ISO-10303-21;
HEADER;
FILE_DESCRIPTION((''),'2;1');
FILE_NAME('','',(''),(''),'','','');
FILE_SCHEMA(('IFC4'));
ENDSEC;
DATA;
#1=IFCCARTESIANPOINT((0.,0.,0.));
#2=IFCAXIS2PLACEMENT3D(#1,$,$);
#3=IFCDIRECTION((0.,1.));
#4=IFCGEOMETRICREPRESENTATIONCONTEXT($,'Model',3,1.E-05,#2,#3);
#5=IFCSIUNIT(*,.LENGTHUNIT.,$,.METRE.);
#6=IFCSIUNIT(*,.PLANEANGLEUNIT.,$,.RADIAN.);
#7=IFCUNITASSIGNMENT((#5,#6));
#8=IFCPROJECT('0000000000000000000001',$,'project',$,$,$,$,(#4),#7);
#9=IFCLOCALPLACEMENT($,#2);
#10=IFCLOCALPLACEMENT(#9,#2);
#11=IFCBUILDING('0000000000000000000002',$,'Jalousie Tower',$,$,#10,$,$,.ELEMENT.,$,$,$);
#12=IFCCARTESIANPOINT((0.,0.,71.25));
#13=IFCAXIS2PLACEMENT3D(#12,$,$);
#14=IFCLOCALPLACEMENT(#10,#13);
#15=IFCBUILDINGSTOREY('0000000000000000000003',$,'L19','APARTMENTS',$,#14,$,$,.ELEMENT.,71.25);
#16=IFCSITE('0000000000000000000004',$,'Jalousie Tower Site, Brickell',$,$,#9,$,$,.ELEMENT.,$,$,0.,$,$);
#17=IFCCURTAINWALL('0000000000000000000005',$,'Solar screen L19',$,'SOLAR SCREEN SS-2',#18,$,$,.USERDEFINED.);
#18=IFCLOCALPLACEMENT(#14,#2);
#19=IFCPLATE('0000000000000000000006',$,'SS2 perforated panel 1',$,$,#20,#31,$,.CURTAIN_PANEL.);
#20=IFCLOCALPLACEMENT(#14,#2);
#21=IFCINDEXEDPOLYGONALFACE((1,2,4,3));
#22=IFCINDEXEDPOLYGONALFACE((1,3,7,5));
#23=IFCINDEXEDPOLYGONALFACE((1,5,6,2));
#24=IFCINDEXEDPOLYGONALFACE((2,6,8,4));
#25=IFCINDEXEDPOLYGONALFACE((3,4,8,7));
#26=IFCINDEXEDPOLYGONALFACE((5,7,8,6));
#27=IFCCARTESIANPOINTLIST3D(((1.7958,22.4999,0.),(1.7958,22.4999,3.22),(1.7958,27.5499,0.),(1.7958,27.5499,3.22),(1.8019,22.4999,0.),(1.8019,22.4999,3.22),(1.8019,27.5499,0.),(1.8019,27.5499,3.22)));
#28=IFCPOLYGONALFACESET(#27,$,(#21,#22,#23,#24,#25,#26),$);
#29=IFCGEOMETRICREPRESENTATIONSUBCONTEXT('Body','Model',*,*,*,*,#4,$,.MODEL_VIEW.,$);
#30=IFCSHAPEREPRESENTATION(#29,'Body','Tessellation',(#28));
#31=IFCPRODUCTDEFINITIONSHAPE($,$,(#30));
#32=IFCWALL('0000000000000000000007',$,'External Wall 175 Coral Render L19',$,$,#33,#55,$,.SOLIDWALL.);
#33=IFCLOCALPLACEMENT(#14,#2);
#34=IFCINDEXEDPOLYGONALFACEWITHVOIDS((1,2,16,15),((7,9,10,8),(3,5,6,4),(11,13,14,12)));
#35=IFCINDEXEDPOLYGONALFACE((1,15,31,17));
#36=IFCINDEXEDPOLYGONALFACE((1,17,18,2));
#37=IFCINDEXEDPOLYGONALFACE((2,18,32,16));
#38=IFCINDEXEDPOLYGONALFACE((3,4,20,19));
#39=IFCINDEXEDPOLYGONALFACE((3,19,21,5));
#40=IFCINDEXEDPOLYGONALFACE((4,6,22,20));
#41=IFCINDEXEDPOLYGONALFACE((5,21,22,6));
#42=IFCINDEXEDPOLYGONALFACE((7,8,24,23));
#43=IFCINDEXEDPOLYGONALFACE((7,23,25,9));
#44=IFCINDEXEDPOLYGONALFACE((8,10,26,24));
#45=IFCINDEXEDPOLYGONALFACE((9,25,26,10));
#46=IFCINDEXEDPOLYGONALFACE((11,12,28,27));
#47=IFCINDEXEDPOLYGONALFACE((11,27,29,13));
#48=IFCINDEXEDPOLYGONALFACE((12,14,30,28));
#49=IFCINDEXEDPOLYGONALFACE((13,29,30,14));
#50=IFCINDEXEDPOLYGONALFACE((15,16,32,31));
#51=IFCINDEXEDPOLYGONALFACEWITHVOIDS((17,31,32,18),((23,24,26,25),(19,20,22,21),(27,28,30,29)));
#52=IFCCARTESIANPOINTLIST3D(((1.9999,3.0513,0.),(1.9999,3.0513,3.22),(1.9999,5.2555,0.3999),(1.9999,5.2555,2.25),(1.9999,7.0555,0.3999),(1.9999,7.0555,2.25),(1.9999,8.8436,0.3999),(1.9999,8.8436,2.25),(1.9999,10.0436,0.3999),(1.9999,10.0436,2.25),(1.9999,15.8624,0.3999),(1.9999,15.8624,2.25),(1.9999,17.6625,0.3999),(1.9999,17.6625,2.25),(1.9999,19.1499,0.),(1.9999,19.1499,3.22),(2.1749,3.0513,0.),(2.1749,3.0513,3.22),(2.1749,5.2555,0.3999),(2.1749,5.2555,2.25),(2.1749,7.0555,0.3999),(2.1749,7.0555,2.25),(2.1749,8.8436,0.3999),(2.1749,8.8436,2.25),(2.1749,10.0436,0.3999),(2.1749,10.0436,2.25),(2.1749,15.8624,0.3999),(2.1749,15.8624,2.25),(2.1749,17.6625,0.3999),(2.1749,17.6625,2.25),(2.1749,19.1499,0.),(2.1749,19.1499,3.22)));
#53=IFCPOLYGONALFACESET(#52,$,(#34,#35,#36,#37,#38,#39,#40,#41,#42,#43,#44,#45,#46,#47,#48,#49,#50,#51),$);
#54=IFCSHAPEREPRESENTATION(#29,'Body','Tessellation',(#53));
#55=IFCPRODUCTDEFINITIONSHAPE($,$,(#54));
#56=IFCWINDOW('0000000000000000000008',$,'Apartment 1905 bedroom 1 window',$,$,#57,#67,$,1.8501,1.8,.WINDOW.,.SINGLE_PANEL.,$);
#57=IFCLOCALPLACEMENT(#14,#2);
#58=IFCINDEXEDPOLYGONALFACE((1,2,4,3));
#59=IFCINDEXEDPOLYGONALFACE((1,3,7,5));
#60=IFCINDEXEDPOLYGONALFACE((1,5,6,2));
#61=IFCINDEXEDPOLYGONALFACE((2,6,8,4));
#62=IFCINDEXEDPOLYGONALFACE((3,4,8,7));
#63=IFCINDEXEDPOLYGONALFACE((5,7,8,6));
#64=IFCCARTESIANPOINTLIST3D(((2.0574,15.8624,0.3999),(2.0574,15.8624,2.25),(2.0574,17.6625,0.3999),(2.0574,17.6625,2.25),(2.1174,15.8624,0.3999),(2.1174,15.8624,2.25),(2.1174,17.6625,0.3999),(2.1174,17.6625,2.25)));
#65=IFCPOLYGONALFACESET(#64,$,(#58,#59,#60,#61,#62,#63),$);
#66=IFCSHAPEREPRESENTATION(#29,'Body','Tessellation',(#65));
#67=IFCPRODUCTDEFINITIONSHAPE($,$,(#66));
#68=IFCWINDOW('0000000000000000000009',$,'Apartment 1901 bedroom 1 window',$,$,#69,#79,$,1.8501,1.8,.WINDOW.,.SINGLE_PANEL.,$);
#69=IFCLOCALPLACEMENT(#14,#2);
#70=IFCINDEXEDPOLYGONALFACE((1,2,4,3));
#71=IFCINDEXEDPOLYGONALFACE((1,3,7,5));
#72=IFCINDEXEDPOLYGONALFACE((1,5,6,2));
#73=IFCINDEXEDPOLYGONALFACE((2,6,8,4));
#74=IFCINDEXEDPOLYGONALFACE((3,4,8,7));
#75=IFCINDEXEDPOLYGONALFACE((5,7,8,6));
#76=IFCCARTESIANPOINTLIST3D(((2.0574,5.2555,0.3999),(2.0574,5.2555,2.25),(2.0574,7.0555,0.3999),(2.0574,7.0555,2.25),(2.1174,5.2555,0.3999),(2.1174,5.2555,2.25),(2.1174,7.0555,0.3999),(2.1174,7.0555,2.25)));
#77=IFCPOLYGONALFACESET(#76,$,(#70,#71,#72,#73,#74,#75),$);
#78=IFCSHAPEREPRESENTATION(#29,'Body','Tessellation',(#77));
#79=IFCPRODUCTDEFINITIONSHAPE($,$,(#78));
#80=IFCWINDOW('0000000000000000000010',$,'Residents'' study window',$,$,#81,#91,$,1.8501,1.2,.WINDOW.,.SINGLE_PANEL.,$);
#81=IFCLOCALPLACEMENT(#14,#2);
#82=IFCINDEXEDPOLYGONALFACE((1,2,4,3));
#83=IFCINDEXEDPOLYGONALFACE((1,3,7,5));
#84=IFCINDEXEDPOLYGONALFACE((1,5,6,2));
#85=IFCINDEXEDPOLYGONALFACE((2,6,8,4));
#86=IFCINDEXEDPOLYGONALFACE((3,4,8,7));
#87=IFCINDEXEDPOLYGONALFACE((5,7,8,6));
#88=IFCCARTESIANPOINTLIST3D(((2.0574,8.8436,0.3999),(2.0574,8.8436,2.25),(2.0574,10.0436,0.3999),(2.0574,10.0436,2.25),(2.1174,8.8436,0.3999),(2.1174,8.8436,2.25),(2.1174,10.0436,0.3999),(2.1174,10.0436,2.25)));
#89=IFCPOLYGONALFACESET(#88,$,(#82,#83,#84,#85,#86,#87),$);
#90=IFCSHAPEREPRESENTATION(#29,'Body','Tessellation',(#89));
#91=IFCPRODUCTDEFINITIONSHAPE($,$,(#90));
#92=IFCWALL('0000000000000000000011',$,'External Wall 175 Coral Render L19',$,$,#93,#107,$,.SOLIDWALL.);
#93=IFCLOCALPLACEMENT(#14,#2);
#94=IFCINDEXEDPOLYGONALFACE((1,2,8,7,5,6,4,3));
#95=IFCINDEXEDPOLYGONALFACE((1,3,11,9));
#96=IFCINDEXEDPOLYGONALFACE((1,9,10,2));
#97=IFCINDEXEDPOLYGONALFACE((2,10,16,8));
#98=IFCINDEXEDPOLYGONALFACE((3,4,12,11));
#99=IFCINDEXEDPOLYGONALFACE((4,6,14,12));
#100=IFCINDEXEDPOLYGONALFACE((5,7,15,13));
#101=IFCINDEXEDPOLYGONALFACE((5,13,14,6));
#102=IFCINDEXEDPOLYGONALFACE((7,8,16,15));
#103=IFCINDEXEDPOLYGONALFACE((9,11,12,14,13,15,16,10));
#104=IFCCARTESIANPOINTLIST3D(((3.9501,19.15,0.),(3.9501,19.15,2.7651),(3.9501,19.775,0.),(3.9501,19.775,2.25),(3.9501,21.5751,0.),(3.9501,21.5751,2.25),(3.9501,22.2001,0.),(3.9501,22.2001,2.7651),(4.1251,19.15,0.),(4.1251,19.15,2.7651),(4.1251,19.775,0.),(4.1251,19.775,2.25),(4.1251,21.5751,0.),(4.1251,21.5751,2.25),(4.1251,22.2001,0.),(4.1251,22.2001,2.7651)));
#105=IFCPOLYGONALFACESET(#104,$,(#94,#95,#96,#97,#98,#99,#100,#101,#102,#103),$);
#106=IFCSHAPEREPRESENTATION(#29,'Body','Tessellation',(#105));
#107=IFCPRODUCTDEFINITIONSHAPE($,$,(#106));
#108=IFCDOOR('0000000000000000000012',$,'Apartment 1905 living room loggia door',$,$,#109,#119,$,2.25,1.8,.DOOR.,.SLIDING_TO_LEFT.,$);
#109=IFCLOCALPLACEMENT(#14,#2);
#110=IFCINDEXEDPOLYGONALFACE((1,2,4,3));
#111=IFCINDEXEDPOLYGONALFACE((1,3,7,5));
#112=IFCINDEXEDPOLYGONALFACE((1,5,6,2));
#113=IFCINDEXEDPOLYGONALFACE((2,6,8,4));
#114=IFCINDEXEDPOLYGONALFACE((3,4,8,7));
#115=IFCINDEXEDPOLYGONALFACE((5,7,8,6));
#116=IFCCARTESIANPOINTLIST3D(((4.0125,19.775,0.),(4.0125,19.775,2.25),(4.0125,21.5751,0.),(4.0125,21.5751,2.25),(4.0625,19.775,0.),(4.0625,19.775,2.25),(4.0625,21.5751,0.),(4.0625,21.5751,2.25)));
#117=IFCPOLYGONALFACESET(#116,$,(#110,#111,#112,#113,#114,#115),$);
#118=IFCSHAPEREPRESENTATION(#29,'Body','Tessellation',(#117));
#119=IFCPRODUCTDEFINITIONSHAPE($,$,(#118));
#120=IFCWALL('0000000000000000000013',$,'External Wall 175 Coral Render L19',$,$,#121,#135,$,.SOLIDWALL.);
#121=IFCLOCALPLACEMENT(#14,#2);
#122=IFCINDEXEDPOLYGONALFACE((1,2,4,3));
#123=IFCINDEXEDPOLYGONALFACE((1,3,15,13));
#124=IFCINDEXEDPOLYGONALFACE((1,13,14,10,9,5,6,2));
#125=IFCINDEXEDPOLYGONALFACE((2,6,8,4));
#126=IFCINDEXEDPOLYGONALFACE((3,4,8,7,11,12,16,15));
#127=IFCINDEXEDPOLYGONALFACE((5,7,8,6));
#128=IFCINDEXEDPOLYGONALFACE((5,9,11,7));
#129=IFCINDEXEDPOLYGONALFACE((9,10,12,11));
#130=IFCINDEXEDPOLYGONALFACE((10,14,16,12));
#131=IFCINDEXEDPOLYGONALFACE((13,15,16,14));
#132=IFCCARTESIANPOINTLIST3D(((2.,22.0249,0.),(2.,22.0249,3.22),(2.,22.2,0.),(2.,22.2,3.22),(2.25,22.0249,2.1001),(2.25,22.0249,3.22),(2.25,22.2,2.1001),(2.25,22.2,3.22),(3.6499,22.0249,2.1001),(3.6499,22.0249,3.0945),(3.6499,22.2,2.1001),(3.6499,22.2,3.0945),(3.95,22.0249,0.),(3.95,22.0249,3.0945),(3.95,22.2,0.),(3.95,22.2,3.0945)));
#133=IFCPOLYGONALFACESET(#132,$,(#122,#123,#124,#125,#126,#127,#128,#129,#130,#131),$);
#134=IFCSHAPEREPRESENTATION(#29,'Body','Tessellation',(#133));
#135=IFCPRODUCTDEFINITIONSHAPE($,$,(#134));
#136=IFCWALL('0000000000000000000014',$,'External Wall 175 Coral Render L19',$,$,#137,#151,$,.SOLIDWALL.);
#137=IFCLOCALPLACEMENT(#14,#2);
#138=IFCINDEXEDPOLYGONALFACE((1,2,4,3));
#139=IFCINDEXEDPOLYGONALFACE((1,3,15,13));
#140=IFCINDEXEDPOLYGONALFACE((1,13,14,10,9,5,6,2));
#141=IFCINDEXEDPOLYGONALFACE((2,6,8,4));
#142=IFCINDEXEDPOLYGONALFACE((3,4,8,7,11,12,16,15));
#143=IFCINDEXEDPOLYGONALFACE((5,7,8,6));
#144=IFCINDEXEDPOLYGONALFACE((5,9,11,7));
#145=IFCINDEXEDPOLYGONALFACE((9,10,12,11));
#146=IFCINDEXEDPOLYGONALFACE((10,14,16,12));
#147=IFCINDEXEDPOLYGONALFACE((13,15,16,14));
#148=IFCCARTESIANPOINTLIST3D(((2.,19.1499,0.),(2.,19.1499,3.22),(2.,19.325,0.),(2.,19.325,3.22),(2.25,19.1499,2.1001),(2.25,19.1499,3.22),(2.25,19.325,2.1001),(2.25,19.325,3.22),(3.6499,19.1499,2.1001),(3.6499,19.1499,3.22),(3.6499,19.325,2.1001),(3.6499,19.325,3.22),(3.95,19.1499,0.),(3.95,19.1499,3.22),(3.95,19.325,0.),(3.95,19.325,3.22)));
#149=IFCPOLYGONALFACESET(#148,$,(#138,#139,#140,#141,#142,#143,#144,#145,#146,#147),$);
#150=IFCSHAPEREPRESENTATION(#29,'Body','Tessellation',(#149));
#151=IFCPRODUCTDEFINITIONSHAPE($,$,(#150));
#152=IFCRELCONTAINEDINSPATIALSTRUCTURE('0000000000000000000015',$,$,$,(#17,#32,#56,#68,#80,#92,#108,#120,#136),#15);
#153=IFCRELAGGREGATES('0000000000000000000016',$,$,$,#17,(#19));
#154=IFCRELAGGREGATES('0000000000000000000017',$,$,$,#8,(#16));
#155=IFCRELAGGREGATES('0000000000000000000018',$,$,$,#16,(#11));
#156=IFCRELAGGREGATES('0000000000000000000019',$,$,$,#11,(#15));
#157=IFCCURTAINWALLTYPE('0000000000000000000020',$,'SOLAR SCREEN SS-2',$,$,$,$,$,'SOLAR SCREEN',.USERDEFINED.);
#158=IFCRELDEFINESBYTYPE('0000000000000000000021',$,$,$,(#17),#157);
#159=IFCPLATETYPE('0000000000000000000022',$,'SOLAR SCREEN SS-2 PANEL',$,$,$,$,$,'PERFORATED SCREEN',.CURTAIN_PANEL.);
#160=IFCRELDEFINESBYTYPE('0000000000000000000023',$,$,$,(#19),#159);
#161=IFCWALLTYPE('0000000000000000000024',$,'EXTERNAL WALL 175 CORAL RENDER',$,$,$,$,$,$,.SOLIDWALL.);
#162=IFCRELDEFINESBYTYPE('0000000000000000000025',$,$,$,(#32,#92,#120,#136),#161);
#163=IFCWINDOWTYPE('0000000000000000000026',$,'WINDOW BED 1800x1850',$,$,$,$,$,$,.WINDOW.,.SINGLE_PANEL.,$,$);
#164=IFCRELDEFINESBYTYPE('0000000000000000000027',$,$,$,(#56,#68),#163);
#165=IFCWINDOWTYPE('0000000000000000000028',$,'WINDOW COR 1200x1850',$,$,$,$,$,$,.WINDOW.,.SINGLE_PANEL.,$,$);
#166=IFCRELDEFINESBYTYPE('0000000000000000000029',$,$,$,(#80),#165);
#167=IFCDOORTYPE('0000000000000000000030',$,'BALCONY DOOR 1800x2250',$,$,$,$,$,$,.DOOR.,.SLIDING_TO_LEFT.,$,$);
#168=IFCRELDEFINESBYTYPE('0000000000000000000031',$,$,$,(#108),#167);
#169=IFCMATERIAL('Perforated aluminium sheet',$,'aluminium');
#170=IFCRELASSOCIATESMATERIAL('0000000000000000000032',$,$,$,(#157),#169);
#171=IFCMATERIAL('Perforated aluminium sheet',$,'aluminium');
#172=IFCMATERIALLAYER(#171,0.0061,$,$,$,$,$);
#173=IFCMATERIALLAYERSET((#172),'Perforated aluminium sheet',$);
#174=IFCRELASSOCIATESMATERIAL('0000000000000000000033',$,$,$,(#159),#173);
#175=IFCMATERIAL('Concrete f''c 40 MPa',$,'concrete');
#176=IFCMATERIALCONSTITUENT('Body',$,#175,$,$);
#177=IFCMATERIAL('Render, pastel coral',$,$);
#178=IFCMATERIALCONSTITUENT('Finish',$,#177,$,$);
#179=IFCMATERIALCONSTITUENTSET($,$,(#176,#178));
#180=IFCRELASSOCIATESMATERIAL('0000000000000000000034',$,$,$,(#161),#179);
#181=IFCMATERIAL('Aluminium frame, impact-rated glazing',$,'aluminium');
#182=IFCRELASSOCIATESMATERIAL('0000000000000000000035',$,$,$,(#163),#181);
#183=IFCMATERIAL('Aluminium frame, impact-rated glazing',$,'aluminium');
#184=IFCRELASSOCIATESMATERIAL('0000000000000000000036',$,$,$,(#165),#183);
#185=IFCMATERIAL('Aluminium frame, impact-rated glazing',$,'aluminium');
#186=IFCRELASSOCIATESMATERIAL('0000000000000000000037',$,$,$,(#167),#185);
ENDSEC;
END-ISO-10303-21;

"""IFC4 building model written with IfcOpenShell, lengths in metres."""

from ifc_helpers import new_model, si_unit, direction, frame, frame_2d, origin, origin_2d, place, context, subcontext, project, spatial, polyline, rectangle, outline, extrude, material, layer, layer_set, constituent, constituent_set, type_object, element, fill, aggregate, save


model = new_model("IFC4")

# Units and contexts
model_context = context("Model", 3, precision=1e-05, world=origin(), true_north=direction((0.0, 1.0)))
body_context = subcontext(model_context, "Body", "Model", "MODEL_VIEW")
ifc_project = project(units=[si_unit("LENGTHUNIT", "METRE"), si_unit("PLANEANGLEUNIT", "RADIAN")], contexts=[model_context])

# Site, building, storey
site_placement = place(None, origin())
site = spatial("IfcSite", under=ifc_project, at=site_placement, Name="Jalousie Tower Site, Brickell", CompositionType="ELEMENT", RefElevation=0.0)
building_placement = place(site_placement, origin())
building = spatial("IfcBuilding", under=site, at=building_placement, Name="Jalousie Tower", CompositionType="ELEMENT")
storey_placement = place(building_placement, frame((0.0, 0.0, 71.25)))
storey = spatial("IfcBuildingStorey", under=building, at=storey_placement, Name="L19", Description="APARTMENTS", CompositionType="ELEMENT", Elevation=71.25)

# Curtain wall
ifc_material_1 = material(Name="Perforated aluminium sheet", Category="aluminium")
curtain_wall_type = type_object("IfcCurtainWallType", Name="SOLAR SCREEN SS-2", ElementType="SOLAR SCREEN", PredefinedType="USERDEFINED", material=ifc_material_1)
curtain_wall_1_placement = place(storey_placement, origin())
curtain_wall_1 = element("IfcCurtainWall", 1, at=curtain_wall_1_placement, inside=storey, type_object=curtain_wall_type, Name="Solar screen L19", ObjectType="SOLAR SCREEN SS-2", PredefinedType="USERDEFINED")

# Plate
ifc_material_2 = material(Name="Perforated aluminium sheet", Category="aluminium")
ifc_layer_1 = layer(ifc_material_2, 0.0061)
ifc_layer_set_1 = layer_set([ifc_layer_1], Name="Perforated aluminium sheet")
plate_type = type_object("IfcPlateType", Name="SOLAR SCREEN SS-2 PANEL", ElementType="PERFORATED SCREEN", PredefinedType="CURTAIN_PANEL", material=ifc_layer_set_1)
plate_placement = place(storey_placement, frame((1.7988, 25.0249, 0.0), z_axis=(0.0, 0.0, 1.0), x_axis=(0.0, -1.0, 0.0)))
plate = element("IfcPlate", 2, at=plate_placement, type_object=plate_type, Name="SS2 perforated panel 1", PredefinedType="CURTAIN_PANEL", context=body_context, shape_type="SweptSolid", body=[
    extrude(rectangle(XDim=5.05, YDim=0.0061, at=origin_2d()), origin(), (0.0, 0.0, 1.0), 3.22),
])
aggregate(curtain_wall_1, [plate])

# Wall, openings, windows
ifc_material_3 = material(Name="Concrete f'c 40 MPa", Category="concrete")
ifc_constituent_1 = constituent(ifc_material_3, Name="Body")
ifc_material_4 = material(Name="Render, pastel coral")
ifc_constituent_2 = constituent(ifc_material_4, Name="Finish")
ifc_constituent_set_1 = constituent_set(constituents=[ifc_constituent_1, ifc_constituent_2])
wall_type_1 = type_object("IfcWallType", Name="EXTERNAL WALL 175 CORAL RENDER", PredefinedType="SOLIDWALL", material=ifc_constituent_set_1)
wall_1_placement = place(storey_placement, frame((2.0874, 19.1499, 0.0), z_axis=(0.0, 0.0, 1.0), x_axis=(0.0, -1.0, 0.0)))
wall_1 = element("IfcWall", 3, at=wall_1_placement, inside=storey, type_object=wall_type_1, Name="External Wall 175 Coral Render L19", PredefinedType="SOLIDWALL", context=body_context, shape_type="SweptSolid", body=[
    extrude(rectangle(XDim=16.0986, YDim=0.175, at=frame_2d((8.0493, 0.0))), origin(), (0.0, 0.0, 1.0), 3.22),
])
opening_1_placement = place(wall_1_placement, frame((1.4875, 0.0, 0.3999)))
opening_1 = element("IfcOpeningElement", 4, at=opening_1_placement, cuts=wall_1, PredefinedType="OPENING", context=body_context, shape_type="SweptSolid", body=[
    extrude(rectangle(XDim=1.8, YDim=1.8501, at=frame_2d((0.8999, 0.925))), frame((0.0, 0.0974, 0.0), z_axis=(0.0, -1.0, 0.0), x_axis=(1.0, 0.0, 0.0)), (0.0, 0.0, 1.0), 0.1951),
])
opening_2_placement = place(wall_1_placement, frame((9.1062, 0.0, 0.3999)))
opening_2 = element("IfcOpeningElement", 5, at=opening_2_placement, cuts=wall_1, PredefinedType="OPENING", context=body_context, shape_type="SweptSolid", body=[
    extrude(rectangle(XDim=1.2, YDim=1.8501, at=frame_2d((0.6001, 0.925))), frame((0.0, 0.0974, 0.0), z_axis=(0.0, -1.0, 0.0), x_axis=(1.0, 0.0, 0.0)), (0.0, 0.0, 1.0), 0.1951),
])
opening_3_placement = place(wall_1_placement, frame((12.0945, 0.0, 0.3999)))
opening_3 = element("IfcOpeningElement", 6, at=opening_3_placement, cuts=wall_1, PredefinedType="OPENING", context=body_context, shape_type="SweptSolid", body=[
    extrude(rectangle(XDim=1.8, YDim=1.8501, at=frame_2d((0.8999, 0.925))), frame((0.0, 0.0974, 0.0), z_axis=(0.0, -1.0, 0.0), x_axis=(1.0, 0.0, 0.0)), (0.0, 0.0, 1.0), 0.1951),
])
ifc_material_5 = material(Name="Aluminium frame, impact-rated glazing", Category="aluminium")
window_type_1 = type_object("IfcWindowType", Name="WINDOW BED 1800x1850", PartitioningType="SINGLE_PANEL", PredefinedType="WINDOW", material=ifc_material_5)
window_1_placement = place(opening_1_placement, origin())
window_1 = element("IfcWindow", 7, at=window_1_placement, inside=storey, type_object=window_type_1, Name="Apartment 1905 bedroom 1 window", OverallHeight=1.8501, OverallWidth=1.8, PartitioningType="SINGLE_PANEL", PredefinedType="WINDOW", context=body_context, shape_type="SweptSolid", body=[
    extrude(rectangle(XDim=1.8, YDim=1.8501, at=frame_2d((0.8999, 0.925))), frame((0.0, 0.03, 0.0), z_axis=(0.0, -1.0, 0.0), x_axis=(1.0, 0.0, 0.0)), (0.0, 0.0, 1.0), 0.0601),
])
fill(opening_1, window_1)
window_2_placement = place(opening_3_placement, origin())
window_2 = element("IfcWindow", 8, at=window_2_placement, inside=storey, type_object=window_type_1, Name="Apartment 1901 bedroom 1 window", OverallHeight=1.8501, OverallWidth=1.8, PartitioningType="SINGLE_PANEL", PredefinedType="WINDOW", context=body_context, shape_type="SweptSolid", body=[
    extrude(rectangle(XDim=1.8, YDim=1.8501, at=frame_2d((0.8999, 0.925))), frame((0.0, 0.03, 0.0), z_axis=(0.0, -1.0, 0.0), x_axis=(1.0, 0.0, 0.0)), (0.0, 0.0, 1.0), 0.0601),
])
fill(opening_3, window_2)
ifc_material_6 = material(Name="Aluminium frame, impact-rated glazing", Category="aluminium")
window_type_2 = type_object("IfcWindowType", Name="WINDOW COR 1200x1850", PartitioningType="SINGLE_PANEL", PredefinedType="WINDOW", material=ifc_material_6)
window_3_placement = place(opening_2_placement, origin())
window_3 = element("IfcWindow", 9, at=window_3_placement, inside=storey, type_object=window_type_2, Name="Residents' study window", OverallHeight=1.8501, OverallWidth=1.2, PartitioningType="SINGLE_PANEL", PredefinedType="WINDOW", context=body_context, shape_type="SweptSolid", body=[
    extrude(rectangle(XDim=1.2, YDim=1.8501, at=frame_2d((0.6001, 0.925))), frame((0.0, 0.03, 0.0), z_axis=(0.0, -1.0, 0.0), x_axis=(1.0, 0.0, 0.0)), (0.0, 0.0, 1.0), 0.0601),
])
fill(opening_2, window_3)

# Wall, opening, door
wall_2_placement = place(storey_placement, frame((4.0376, 22.2, 0.0), z_axis=(0.0, 0.0, 1.0), x_axis=(0.0, -1.0, 0.0)))
wall_2 = element("IfcWall", 10, at=wall_2_placement, inside=storey, type_object=wall_type_1, Name="External Wall 175 Coral Render L19", PredefinedType="SOLIDWALL", context=body_context, shape_type="SweptSolid", body=[
    extrude(rectangle(XDim=3.05, YDim=0.175, at=frame_2d((1.5249, 0.0))), origin(), (0.0, 0.0, 1.0), 2.7651),
])
opening_4_placement = place(wall_2_placement, frame((0.625, 0.0, 0.0)))
opening_4 = element("IfcOpeningElement", 11, at=opening_4_placement, cuts=wall_2, PredefinedType="OPENING", context=body_context, shape_type="SweptSolid", body=[
    extrude(rectangle(XDim=1.8, YDim=2.25, at=frame_2d((0.8999, 1.125))), frame((0.0, 0.0974, 0.0), z_axis=(0.0, -1.0, 0.0), x_axis=(1.0, 0.0, 0.0)), (0.0, 0.0, 1.0), 0.1951),
])
ifc_material_7 = material(Name="Aluminium frame, impact-rated glazing", Category="aluminium")
door_type_1 = type_object("IfcDoorType", Name="BALCONY DOOR 1800x2250", OperationType="SLIDING_TO_LEFT", PredefinedType="DOOR", material=ifc_material_7)
door_1_placement = place(opening_4_placement, origin())
door_1 = element("IfcDoor", 12, at=door_1_placement, inside=storey, type_object=door_type_1, Name="Apartment 1905 living room loggia door", OperationType="SLIDING_TO_LEFT", OverallHeight=2.25, OverallWidth=1.8, PredefinedType="DOOR", context=body_context, shape_type="SweptSolid", body=[
    extrude(rectangle(XDim=1.8, YDim=2.25, at=frame_2d((0.8999, 1.125))), frame((0.0, 0.0249, 0.0), z_axis=(0.0, -1.0, 0.0), x_axis=(1.0, 0.0, 0.0)), (0.0, 0.0, 1.0), 0.05),
])
fill(opening_4, door_1)

# Walls
wall_3_placement = place(storey_placement, frame((2.0, 22.1125, 0.0), z_axis=(0.0, 0.0, 1.0), x_axis=(1.0, 0.0, 0.0)))
element("IfcWall", 13, at=wall_3_placement, inside=storey, type_object=wall_type_1, Name="External Wall 175 Coral Render L19", PredefinedType="SOLIDWALL", context=body_context, shape_type="SweptSolid", body=[
    extrude(outline(polyline([(0.0, 0.0), (1.95, 0.0), (1.95, 3.0945), (1.6499, 3.0945), (1.6499, 2.1001), (0.25, 2.1001), (0.25, 3.22), (0.0, 3.22), (0.0, 0.0)])), frame((0.0, 0.0874, 0.0), z_axis=(0.0, -1.0, 0.0), x_axis=(1.0, 0.0, 0.0)), (0.0, 0.0, 1.0), 0.175),
])
wall_4_placement = place(storey_placement, frame((2.0, 19.2375, 0.0), z_axis=(0.0, 0.0, 1.0), x_axis=(1.0, 0.0, 0.0)))
element("IfcWall", 14, at=wall_4_placement, inside=storey, type_object=wall_type_1, Name="External Wall 175 Coral Render L19", PredefinedType="SOLIDWALL", context=body_context, shape_type="SweptSolid", body=[
    extrude(outline(polyline([(0.0, 0.0), (1.95, 0.0), (1.95, 3.22), (1.6499, 3.22), (1.6499, 2.1001), (0.25, 2.1001), (0.25, 3.22), (0.0, 3.22), (0.0, 0.0)])), frame((0.0, 0.0874, 0.0), z_axis=(0.0, -1.0, 0.0), x_axis=(1.0, 0.0, 0.0)), (0.0, 0.0, 1.0), 0.175),
])

save(model, "model.ifc")
